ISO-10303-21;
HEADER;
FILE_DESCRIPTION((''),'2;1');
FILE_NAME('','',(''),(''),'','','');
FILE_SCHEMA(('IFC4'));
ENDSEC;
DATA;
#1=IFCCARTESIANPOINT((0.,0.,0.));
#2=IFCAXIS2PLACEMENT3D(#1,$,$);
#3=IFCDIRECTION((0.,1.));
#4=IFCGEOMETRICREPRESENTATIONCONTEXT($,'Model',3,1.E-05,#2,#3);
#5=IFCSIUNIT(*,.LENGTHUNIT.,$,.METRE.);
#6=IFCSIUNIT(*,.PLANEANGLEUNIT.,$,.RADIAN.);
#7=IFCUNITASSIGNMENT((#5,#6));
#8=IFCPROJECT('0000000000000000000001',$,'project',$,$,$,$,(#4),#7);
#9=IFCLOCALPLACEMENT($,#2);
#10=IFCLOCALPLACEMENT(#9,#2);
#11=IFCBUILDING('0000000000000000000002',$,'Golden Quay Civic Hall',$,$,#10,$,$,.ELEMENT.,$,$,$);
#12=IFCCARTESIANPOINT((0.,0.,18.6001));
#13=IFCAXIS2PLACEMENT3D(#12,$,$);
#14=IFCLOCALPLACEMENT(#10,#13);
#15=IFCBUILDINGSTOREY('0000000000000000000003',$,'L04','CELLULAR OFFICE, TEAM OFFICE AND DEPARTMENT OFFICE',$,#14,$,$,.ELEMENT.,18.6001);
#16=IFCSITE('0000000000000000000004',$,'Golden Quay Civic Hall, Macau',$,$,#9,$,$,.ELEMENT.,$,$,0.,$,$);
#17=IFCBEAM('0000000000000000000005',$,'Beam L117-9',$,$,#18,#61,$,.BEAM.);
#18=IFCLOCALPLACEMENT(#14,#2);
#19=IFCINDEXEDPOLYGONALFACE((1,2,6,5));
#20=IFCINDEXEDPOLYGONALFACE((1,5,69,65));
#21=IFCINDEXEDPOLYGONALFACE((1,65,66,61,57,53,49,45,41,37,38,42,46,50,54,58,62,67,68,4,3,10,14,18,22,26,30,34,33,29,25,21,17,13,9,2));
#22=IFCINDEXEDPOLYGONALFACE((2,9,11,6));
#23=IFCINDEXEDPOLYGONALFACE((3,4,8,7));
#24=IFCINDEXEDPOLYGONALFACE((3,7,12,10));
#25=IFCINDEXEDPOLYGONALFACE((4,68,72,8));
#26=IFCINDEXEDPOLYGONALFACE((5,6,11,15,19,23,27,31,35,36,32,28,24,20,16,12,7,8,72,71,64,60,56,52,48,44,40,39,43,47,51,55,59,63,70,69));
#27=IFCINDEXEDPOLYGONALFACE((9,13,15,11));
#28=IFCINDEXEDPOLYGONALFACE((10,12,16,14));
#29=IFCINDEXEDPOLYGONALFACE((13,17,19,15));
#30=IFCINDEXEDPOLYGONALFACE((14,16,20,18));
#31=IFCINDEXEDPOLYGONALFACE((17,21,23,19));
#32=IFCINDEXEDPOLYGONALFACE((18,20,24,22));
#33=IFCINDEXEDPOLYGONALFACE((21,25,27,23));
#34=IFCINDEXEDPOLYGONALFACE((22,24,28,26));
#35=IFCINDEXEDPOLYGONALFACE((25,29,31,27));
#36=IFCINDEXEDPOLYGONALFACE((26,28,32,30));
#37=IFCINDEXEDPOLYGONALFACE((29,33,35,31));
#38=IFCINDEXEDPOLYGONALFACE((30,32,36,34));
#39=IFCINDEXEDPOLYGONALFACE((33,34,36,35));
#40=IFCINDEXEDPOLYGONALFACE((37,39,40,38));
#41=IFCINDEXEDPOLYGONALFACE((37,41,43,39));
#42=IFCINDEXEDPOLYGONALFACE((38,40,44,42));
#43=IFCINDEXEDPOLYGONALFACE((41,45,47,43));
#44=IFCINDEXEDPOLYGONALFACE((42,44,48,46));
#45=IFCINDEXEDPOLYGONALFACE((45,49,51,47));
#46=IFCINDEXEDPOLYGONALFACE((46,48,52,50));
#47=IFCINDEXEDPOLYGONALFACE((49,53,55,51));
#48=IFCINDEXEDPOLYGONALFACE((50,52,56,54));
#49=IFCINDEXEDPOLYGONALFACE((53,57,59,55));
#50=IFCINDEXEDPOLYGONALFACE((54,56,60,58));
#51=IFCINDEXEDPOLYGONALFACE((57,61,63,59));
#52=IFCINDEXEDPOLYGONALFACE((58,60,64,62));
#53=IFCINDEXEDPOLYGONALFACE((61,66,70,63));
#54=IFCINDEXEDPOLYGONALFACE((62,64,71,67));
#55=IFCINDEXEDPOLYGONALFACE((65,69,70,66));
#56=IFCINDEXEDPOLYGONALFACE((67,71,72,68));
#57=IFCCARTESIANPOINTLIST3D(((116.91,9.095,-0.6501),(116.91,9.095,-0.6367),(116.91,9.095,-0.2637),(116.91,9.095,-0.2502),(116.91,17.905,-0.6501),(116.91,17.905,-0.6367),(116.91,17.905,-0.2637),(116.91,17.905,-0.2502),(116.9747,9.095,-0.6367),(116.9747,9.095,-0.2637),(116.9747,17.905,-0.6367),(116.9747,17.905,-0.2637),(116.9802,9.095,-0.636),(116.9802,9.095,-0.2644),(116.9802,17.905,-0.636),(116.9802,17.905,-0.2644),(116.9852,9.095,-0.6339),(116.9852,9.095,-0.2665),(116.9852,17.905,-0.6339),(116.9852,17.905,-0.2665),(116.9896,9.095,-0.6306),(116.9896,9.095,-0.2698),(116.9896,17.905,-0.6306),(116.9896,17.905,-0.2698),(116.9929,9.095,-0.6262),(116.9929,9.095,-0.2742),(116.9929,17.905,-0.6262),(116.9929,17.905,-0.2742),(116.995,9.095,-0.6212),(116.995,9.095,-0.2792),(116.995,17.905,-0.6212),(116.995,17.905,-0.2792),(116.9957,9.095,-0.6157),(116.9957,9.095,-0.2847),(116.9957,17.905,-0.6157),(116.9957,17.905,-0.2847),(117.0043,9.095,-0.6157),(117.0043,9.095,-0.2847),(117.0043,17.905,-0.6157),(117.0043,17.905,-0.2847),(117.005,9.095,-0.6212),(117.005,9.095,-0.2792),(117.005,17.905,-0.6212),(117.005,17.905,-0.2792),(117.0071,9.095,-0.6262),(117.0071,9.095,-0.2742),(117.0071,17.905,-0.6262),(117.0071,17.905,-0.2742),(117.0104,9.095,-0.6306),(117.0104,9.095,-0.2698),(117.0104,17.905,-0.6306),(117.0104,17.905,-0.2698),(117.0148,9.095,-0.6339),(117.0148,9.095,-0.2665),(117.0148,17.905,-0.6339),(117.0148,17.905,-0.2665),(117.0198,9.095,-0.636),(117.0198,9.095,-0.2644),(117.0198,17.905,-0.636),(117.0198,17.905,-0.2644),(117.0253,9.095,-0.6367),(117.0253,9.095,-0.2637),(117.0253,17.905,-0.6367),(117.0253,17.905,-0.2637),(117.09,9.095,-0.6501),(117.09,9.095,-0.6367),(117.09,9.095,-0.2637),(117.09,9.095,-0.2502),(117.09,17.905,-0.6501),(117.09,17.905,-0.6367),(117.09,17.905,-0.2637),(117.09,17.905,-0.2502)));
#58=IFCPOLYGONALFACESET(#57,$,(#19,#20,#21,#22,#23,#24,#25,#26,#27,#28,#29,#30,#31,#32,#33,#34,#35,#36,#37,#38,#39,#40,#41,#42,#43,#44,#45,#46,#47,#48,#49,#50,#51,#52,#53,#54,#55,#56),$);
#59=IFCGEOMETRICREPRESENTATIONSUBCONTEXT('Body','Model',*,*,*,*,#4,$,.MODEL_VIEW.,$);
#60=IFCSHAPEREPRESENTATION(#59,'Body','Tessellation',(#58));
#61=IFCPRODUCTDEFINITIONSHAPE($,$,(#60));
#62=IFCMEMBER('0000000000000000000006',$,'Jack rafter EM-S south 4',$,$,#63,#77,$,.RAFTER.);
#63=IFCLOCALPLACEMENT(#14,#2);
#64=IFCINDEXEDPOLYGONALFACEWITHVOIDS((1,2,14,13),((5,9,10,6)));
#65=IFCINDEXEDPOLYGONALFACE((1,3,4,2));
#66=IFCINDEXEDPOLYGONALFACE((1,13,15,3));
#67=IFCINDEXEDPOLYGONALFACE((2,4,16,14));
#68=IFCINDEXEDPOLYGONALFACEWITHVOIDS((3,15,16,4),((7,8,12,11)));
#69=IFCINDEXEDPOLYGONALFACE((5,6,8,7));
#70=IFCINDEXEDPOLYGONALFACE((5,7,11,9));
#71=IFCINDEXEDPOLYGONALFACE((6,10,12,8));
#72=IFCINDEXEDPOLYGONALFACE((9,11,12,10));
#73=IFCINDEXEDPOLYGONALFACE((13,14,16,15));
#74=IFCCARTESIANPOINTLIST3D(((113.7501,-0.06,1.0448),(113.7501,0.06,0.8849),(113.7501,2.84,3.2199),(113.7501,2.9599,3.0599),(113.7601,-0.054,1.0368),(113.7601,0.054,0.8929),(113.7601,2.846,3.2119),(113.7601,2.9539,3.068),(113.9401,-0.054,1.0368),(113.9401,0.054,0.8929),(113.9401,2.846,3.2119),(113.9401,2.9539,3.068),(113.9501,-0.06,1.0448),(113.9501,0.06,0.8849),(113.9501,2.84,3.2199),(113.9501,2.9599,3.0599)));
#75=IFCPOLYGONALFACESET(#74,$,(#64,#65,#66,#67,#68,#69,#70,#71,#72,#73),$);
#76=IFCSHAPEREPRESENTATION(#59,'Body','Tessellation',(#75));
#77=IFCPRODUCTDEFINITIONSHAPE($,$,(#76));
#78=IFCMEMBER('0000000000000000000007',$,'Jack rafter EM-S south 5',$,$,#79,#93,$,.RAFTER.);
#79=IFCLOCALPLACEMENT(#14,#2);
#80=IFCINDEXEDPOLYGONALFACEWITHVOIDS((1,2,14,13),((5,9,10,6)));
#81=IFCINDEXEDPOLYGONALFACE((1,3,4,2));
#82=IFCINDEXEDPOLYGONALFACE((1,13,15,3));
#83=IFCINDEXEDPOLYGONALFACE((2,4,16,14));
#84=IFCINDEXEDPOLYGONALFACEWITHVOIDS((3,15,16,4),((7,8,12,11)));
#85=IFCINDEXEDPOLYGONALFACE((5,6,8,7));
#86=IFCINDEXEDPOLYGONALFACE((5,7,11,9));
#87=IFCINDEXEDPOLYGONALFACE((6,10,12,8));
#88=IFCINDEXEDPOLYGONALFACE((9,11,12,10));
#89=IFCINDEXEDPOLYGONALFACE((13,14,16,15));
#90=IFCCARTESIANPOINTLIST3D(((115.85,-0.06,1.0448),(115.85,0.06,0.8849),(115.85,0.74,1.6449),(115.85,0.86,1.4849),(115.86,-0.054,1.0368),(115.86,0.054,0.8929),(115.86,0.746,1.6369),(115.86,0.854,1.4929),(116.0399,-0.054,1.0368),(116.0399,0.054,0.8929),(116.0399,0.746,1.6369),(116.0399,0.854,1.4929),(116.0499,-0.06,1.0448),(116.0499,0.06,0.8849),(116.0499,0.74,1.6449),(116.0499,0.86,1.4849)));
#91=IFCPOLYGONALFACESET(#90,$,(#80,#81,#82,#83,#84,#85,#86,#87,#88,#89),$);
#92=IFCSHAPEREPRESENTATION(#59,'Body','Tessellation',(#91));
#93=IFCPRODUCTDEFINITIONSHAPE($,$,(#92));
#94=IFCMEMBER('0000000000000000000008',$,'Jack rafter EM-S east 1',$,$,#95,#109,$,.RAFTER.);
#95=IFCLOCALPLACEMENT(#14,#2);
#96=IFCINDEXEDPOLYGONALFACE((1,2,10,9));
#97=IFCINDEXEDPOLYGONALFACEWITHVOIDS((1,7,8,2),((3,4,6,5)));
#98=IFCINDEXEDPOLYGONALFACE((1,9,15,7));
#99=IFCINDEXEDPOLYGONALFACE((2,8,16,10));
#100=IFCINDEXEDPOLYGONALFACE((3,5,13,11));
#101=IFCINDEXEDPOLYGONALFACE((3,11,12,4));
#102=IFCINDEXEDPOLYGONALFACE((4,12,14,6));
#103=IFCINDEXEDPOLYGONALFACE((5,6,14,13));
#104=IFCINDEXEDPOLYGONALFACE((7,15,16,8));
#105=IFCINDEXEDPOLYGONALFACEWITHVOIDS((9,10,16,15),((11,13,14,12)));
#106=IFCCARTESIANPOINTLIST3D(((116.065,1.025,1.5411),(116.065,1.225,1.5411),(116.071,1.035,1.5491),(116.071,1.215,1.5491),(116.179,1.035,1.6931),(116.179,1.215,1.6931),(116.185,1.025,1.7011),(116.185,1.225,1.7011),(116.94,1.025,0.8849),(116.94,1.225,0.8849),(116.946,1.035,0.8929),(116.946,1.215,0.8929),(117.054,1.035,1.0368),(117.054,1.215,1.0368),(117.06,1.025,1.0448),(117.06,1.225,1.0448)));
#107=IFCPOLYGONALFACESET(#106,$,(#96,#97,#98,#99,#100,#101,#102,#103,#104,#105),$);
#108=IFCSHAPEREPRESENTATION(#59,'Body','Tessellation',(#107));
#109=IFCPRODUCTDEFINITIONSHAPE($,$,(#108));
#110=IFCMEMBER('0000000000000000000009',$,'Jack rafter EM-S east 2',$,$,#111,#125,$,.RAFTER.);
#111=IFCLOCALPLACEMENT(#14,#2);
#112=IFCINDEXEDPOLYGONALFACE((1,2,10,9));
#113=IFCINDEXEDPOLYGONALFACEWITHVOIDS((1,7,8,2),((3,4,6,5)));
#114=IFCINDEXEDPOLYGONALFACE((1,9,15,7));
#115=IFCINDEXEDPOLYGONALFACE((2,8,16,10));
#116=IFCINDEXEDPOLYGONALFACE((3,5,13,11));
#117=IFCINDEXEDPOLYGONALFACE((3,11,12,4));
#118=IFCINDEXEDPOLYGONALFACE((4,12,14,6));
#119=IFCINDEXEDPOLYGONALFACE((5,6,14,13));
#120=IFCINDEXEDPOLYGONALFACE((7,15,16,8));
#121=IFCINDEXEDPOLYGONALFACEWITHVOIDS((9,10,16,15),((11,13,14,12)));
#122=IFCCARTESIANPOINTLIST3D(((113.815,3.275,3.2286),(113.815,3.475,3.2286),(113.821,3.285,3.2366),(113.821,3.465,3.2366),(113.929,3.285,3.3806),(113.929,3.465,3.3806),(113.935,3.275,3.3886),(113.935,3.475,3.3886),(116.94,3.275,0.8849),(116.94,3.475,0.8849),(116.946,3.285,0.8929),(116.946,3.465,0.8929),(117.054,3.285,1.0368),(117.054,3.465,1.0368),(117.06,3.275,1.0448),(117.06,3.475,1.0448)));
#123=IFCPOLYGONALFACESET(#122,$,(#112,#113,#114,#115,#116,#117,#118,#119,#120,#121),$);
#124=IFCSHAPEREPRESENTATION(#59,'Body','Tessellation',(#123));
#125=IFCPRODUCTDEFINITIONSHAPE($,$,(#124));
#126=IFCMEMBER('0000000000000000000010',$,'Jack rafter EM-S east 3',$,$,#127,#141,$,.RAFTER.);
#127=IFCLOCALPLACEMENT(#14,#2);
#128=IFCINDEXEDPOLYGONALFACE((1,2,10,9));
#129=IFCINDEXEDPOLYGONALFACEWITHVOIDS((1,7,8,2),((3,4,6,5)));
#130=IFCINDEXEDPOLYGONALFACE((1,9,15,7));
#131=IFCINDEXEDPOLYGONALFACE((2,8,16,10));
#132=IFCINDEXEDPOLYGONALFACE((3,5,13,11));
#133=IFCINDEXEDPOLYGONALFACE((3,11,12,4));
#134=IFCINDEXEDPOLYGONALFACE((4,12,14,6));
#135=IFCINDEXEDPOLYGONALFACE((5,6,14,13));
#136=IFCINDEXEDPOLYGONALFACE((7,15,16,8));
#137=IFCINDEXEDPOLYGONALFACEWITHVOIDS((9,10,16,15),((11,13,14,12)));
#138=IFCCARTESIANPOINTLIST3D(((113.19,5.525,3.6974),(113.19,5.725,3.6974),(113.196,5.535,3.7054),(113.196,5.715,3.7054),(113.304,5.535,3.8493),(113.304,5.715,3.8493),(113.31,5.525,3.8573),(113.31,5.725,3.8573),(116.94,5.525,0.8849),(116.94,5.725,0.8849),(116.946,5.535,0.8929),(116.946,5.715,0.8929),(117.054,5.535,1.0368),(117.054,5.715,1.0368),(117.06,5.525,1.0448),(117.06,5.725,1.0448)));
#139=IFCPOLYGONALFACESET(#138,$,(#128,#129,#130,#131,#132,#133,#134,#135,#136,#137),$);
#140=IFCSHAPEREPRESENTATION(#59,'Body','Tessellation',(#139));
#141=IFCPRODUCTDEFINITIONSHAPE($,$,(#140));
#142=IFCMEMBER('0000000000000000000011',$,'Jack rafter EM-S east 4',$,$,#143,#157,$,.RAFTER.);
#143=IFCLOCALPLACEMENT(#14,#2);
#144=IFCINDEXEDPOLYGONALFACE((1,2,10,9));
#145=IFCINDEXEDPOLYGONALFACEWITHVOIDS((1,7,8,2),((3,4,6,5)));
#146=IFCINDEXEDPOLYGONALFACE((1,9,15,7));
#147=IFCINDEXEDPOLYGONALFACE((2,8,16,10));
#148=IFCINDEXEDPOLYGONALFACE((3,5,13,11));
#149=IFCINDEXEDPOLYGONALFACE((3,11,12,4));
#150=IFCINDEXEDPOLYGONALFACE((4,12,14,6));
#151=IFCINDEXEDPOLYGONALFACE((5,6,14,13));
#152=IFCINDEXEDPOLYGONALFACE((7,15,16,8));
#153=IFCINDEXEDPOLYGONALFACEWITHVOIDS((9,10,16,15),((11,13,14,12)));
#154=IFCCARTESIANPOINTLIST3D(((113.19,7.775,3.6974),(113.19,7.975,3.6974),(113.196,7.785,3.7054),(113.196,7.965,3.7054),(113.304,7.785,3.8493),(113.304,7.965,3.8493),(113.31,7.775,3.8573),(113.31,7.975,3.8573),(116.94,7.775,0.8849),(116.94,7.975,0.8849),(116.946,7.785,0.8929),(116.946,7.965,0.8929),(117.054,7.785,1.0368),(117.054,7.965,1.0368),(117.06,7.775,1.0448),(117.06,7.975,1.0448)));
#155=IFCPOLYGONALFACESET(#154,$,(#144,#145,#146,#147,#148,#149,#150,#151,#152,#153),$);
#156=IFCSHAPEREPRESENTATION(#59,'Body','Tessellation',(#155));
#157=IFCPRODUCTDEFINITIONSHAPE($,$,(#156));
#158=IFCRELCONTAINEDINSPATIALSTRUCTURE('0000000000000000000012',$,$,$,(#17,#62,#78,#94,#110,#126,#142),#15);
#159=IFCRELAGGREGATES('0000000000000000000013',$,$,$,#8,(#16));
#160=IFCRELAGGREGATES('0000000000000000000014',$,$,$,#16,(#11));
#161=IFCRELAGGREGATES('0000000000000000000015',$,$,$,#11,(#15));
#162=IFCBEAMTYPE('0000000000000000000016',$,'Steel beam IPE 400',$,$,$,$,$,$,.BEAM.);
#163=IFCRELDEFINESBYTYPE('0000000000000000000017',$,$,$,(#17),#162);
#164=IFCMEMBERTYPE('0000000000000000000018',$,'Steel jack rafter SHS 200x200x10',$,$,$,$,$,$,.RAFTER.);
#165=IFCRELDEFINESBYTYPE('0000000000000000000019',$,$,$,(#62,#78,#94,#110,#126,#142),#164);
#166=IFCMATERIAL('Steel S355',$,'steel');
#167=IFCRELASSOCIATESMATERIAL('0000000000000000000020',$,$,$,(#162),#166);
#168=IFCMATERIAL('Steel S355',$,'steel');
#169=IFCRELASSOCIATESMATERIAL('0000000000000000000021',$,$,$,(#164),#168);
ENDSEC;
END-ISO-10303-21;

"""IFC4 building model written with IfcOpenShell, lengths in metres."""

from ifc_helpers import new_model, si_unit, direction, frame, origin, origin_2d, place, context, subcontext, project, spatial, hollow_rectangle, i_section, extrude, material, material_profile, profile_set, type_object, element, save


model = new_model("IFC4")

# Units and contexts
model_context = context("Model", 3, precision=1e-05, world=origin(), true_north=direction((0.0, 1.0)))
body_context = subcontext(model_context, "Body", "Model", "MODEL_VIEW")
ifc_project = project(units=[si_unit("LENGTHUNIT", "METRE"), si_unit("PLANEANGLEUNIT", "RADIAN")], contexts=[model_context])

# Site, building, storey
site_placement = place(None, origin())
site = spatial("IfcSite", under=ifc_project, at=site_placement, Name="Golden Quay Civic Hall, Macau", CompositionType="ELEMENT", RefElevation=0.0)
building_placement = place(site_placement, origin())
building = spatial("IfcBuilding", under=site, at=building_placement, Name="Golden Quay Civic Hall", CompositionType="ELEMENT")
storey_placement = place(building_placement, frame((0.0, 0.0, 18.6001)))
storey = spatial("IfcBuildingStorey", under=building, at=storey_placement, Name="L04", Description="CELLULAR OFFICE, TEAM OFFICE AND DEPARTMENT OFFICE", CompositionType="ELEMENT", Elevation=18.6001)

# Beam
ifc_material_1 = material(Name="Steel S355", Category="steel")
ifc_material_profile_1 = material_profile(ifc_material_1, i_section(OverallWidth=0.1799, OverallDepth=0.3999, WebThickness=0.0085, FlangeThickness=0.0134, FilletRadius=0.021, at=origin_2d()), Name="IPE 400")
ifc_profile_set_1 = profile_set([ifc_material_profile_1], Name="Steel S355")
beam_type_1 = type_object("IfcBeamType", Name="Steel beam IPE 400", PredefinedType="BEAM", material=ifc_profile_set_1)
for number, where, z_axis, x_axis, name in (
    (1, (117.0, 9.095, -0.4502), (0.0, 1.0, 0.0), (-1.0, 0.0, 0.0), "Beam L117-9"),
):
    element("IfcBeam", number, at=place(storey_placement, frame(where, z_axis=z_axis, x_axis=x_axis)), inside=storey, type_object=beam_type_1, Name=name, PredefinedType="BEAM", context=body_context, shape_type="SweptSolid", body=[
        extrude(i_section(OverallWidth=0.1799, OverallDepth=0.3999, WebThickness=0.0085, FlangeThickness=0.0134, FilletRadius=0.021, at=origin_2d()), origin(), (0.0, 0.0, 1.0), 8.8101),
    ])

# Members
ifc_material_2 = material(Name="Steel S355", Category="steel")
ifc_material_profile_2 = material_profile(ifc_material_2, hollow_rectangle(XDim=0.2, YDim=0.2, WallThickness=0.01, at=origin_2d()), Name="SHS 200x200x10")
ifc_profile_set_2 = profile_set([ifc_material_profile_2], Name="Steel S355")
member_type_1 = type_object("IfcMemberType", Name="Steel jack rafter SHS 200x200x10", PredefinedType="RAFTER", material=ifc_profile_set_2)
member_1_placement = place(storey_placement, frame((113.8501, 0.0, 0.9648), z_axis=(0.0, 0.799984, 0.600022), x_axis=(-1.0, 0.0, 0.0)))
element("IfcMember", 2, at=member_1_placement, inside=storey, type_object=member_type_1, Name="Jack rafter EM-S south 4", PredefinedType="RAFTER", context=body_context, shape_type="SweptSolid", body=[
    extrude(hollow_rectangle(XDim=0.2, YDim=0.2, WallThickness=0.01, at=origin_2d()), origin(), (0.0, 0.0, 1.0), 3.625),
])
member_2_placement = place(storey_placement, frame((115.95, 0.0, 0.9648), z_axis=(0.0, 0.799971, 0.600039), x_axis=(-1.0, 0.0, 0.0)))
element("IfcMember", 3, at=member_2_placement, inside=storey, type_object=member_type_1, Name="Jack rafter EM-S south 5", PredefinedType="RAFTER", context=body_context, shape_type="SweptSolid", body=[
    extrude(hollow_rectangle(XDim=0.2, YDim=0.2, WallThickness=0.01, at=origin_2d()), origin(), (0.0, 0.0, 1.0), 1.0),
])
member_3_placement = place(storey_placement, frame((117.0, 1.125, 0.9648), z_axis=(-0.8, 0.0, 0.6), x_axis=(0.0, -1.0, 0.0)))
element("IfcMember", 4, at=member_3_placement, inside=storey, type_object=member_type_1, Name="Jack rafter EM-S east 1", PredefinedType="RAFTER", context=body_context, shape_type="SweptSolid", body=[
    extrude(hollow_rectangle(XDim=0.2, YDim=0.2, WallThickness=0.01, at=origin_2d()), origin(), (0.0, 0.0, 1.0), 1.0938),
])
member_4_placement = place(storey_placement, frame((117.0, 3.375, 0.9648), z_axis=(-0.8, 0.0, 0.6), x_axis=(0.0, -1.0, 0.0)))
element("IfcMember", 5, at=member_4_placement, inside=storey, type_object=member_type_1, Name="Jack rafter EM-S east 2", PredefinedType="RAFTER", context=body_context, shape_type="SweptSolid", body=[
    extrude(hollow_rectangle(XDim=0.2, YDim=0.2, WallThickness=0.01, at=origin_2d()), origin(), (0.0, 0.0, 1.0), 3.9062),
])
for number, where, z_axis, x_axis, name in (
    (6, (117.0, 5.625, 0.9648), (-0.8, 0.0, 0.6), (0.0, -1.0, 0.0), "Jack rafter EM-S east 3"),
    (7, (117.0, 7.875, 0.9648), (-0.8, 0.0, 0.6), (0.0, -1.0, 0.0), "Jack rafter EM-S east 4"),
):
    element("IfcMember", number, at=place(storey_placement, frame(where, z_axis=z_axis, x_axis=x_axis)), inside=storey, type_object=member_type_1, Name=name, PredefinedType="RAFTER", context=body_context, shape_type="SweptSolid", body=[
        extrude(hollow_rectangle(XDim=0.2, YDim=0.2, WallThickness=0.01, at=origin_2d()), origin(), (0.0, 0.0, 1.0), 4.6875),
    ])

save(model, "model.ifc")
